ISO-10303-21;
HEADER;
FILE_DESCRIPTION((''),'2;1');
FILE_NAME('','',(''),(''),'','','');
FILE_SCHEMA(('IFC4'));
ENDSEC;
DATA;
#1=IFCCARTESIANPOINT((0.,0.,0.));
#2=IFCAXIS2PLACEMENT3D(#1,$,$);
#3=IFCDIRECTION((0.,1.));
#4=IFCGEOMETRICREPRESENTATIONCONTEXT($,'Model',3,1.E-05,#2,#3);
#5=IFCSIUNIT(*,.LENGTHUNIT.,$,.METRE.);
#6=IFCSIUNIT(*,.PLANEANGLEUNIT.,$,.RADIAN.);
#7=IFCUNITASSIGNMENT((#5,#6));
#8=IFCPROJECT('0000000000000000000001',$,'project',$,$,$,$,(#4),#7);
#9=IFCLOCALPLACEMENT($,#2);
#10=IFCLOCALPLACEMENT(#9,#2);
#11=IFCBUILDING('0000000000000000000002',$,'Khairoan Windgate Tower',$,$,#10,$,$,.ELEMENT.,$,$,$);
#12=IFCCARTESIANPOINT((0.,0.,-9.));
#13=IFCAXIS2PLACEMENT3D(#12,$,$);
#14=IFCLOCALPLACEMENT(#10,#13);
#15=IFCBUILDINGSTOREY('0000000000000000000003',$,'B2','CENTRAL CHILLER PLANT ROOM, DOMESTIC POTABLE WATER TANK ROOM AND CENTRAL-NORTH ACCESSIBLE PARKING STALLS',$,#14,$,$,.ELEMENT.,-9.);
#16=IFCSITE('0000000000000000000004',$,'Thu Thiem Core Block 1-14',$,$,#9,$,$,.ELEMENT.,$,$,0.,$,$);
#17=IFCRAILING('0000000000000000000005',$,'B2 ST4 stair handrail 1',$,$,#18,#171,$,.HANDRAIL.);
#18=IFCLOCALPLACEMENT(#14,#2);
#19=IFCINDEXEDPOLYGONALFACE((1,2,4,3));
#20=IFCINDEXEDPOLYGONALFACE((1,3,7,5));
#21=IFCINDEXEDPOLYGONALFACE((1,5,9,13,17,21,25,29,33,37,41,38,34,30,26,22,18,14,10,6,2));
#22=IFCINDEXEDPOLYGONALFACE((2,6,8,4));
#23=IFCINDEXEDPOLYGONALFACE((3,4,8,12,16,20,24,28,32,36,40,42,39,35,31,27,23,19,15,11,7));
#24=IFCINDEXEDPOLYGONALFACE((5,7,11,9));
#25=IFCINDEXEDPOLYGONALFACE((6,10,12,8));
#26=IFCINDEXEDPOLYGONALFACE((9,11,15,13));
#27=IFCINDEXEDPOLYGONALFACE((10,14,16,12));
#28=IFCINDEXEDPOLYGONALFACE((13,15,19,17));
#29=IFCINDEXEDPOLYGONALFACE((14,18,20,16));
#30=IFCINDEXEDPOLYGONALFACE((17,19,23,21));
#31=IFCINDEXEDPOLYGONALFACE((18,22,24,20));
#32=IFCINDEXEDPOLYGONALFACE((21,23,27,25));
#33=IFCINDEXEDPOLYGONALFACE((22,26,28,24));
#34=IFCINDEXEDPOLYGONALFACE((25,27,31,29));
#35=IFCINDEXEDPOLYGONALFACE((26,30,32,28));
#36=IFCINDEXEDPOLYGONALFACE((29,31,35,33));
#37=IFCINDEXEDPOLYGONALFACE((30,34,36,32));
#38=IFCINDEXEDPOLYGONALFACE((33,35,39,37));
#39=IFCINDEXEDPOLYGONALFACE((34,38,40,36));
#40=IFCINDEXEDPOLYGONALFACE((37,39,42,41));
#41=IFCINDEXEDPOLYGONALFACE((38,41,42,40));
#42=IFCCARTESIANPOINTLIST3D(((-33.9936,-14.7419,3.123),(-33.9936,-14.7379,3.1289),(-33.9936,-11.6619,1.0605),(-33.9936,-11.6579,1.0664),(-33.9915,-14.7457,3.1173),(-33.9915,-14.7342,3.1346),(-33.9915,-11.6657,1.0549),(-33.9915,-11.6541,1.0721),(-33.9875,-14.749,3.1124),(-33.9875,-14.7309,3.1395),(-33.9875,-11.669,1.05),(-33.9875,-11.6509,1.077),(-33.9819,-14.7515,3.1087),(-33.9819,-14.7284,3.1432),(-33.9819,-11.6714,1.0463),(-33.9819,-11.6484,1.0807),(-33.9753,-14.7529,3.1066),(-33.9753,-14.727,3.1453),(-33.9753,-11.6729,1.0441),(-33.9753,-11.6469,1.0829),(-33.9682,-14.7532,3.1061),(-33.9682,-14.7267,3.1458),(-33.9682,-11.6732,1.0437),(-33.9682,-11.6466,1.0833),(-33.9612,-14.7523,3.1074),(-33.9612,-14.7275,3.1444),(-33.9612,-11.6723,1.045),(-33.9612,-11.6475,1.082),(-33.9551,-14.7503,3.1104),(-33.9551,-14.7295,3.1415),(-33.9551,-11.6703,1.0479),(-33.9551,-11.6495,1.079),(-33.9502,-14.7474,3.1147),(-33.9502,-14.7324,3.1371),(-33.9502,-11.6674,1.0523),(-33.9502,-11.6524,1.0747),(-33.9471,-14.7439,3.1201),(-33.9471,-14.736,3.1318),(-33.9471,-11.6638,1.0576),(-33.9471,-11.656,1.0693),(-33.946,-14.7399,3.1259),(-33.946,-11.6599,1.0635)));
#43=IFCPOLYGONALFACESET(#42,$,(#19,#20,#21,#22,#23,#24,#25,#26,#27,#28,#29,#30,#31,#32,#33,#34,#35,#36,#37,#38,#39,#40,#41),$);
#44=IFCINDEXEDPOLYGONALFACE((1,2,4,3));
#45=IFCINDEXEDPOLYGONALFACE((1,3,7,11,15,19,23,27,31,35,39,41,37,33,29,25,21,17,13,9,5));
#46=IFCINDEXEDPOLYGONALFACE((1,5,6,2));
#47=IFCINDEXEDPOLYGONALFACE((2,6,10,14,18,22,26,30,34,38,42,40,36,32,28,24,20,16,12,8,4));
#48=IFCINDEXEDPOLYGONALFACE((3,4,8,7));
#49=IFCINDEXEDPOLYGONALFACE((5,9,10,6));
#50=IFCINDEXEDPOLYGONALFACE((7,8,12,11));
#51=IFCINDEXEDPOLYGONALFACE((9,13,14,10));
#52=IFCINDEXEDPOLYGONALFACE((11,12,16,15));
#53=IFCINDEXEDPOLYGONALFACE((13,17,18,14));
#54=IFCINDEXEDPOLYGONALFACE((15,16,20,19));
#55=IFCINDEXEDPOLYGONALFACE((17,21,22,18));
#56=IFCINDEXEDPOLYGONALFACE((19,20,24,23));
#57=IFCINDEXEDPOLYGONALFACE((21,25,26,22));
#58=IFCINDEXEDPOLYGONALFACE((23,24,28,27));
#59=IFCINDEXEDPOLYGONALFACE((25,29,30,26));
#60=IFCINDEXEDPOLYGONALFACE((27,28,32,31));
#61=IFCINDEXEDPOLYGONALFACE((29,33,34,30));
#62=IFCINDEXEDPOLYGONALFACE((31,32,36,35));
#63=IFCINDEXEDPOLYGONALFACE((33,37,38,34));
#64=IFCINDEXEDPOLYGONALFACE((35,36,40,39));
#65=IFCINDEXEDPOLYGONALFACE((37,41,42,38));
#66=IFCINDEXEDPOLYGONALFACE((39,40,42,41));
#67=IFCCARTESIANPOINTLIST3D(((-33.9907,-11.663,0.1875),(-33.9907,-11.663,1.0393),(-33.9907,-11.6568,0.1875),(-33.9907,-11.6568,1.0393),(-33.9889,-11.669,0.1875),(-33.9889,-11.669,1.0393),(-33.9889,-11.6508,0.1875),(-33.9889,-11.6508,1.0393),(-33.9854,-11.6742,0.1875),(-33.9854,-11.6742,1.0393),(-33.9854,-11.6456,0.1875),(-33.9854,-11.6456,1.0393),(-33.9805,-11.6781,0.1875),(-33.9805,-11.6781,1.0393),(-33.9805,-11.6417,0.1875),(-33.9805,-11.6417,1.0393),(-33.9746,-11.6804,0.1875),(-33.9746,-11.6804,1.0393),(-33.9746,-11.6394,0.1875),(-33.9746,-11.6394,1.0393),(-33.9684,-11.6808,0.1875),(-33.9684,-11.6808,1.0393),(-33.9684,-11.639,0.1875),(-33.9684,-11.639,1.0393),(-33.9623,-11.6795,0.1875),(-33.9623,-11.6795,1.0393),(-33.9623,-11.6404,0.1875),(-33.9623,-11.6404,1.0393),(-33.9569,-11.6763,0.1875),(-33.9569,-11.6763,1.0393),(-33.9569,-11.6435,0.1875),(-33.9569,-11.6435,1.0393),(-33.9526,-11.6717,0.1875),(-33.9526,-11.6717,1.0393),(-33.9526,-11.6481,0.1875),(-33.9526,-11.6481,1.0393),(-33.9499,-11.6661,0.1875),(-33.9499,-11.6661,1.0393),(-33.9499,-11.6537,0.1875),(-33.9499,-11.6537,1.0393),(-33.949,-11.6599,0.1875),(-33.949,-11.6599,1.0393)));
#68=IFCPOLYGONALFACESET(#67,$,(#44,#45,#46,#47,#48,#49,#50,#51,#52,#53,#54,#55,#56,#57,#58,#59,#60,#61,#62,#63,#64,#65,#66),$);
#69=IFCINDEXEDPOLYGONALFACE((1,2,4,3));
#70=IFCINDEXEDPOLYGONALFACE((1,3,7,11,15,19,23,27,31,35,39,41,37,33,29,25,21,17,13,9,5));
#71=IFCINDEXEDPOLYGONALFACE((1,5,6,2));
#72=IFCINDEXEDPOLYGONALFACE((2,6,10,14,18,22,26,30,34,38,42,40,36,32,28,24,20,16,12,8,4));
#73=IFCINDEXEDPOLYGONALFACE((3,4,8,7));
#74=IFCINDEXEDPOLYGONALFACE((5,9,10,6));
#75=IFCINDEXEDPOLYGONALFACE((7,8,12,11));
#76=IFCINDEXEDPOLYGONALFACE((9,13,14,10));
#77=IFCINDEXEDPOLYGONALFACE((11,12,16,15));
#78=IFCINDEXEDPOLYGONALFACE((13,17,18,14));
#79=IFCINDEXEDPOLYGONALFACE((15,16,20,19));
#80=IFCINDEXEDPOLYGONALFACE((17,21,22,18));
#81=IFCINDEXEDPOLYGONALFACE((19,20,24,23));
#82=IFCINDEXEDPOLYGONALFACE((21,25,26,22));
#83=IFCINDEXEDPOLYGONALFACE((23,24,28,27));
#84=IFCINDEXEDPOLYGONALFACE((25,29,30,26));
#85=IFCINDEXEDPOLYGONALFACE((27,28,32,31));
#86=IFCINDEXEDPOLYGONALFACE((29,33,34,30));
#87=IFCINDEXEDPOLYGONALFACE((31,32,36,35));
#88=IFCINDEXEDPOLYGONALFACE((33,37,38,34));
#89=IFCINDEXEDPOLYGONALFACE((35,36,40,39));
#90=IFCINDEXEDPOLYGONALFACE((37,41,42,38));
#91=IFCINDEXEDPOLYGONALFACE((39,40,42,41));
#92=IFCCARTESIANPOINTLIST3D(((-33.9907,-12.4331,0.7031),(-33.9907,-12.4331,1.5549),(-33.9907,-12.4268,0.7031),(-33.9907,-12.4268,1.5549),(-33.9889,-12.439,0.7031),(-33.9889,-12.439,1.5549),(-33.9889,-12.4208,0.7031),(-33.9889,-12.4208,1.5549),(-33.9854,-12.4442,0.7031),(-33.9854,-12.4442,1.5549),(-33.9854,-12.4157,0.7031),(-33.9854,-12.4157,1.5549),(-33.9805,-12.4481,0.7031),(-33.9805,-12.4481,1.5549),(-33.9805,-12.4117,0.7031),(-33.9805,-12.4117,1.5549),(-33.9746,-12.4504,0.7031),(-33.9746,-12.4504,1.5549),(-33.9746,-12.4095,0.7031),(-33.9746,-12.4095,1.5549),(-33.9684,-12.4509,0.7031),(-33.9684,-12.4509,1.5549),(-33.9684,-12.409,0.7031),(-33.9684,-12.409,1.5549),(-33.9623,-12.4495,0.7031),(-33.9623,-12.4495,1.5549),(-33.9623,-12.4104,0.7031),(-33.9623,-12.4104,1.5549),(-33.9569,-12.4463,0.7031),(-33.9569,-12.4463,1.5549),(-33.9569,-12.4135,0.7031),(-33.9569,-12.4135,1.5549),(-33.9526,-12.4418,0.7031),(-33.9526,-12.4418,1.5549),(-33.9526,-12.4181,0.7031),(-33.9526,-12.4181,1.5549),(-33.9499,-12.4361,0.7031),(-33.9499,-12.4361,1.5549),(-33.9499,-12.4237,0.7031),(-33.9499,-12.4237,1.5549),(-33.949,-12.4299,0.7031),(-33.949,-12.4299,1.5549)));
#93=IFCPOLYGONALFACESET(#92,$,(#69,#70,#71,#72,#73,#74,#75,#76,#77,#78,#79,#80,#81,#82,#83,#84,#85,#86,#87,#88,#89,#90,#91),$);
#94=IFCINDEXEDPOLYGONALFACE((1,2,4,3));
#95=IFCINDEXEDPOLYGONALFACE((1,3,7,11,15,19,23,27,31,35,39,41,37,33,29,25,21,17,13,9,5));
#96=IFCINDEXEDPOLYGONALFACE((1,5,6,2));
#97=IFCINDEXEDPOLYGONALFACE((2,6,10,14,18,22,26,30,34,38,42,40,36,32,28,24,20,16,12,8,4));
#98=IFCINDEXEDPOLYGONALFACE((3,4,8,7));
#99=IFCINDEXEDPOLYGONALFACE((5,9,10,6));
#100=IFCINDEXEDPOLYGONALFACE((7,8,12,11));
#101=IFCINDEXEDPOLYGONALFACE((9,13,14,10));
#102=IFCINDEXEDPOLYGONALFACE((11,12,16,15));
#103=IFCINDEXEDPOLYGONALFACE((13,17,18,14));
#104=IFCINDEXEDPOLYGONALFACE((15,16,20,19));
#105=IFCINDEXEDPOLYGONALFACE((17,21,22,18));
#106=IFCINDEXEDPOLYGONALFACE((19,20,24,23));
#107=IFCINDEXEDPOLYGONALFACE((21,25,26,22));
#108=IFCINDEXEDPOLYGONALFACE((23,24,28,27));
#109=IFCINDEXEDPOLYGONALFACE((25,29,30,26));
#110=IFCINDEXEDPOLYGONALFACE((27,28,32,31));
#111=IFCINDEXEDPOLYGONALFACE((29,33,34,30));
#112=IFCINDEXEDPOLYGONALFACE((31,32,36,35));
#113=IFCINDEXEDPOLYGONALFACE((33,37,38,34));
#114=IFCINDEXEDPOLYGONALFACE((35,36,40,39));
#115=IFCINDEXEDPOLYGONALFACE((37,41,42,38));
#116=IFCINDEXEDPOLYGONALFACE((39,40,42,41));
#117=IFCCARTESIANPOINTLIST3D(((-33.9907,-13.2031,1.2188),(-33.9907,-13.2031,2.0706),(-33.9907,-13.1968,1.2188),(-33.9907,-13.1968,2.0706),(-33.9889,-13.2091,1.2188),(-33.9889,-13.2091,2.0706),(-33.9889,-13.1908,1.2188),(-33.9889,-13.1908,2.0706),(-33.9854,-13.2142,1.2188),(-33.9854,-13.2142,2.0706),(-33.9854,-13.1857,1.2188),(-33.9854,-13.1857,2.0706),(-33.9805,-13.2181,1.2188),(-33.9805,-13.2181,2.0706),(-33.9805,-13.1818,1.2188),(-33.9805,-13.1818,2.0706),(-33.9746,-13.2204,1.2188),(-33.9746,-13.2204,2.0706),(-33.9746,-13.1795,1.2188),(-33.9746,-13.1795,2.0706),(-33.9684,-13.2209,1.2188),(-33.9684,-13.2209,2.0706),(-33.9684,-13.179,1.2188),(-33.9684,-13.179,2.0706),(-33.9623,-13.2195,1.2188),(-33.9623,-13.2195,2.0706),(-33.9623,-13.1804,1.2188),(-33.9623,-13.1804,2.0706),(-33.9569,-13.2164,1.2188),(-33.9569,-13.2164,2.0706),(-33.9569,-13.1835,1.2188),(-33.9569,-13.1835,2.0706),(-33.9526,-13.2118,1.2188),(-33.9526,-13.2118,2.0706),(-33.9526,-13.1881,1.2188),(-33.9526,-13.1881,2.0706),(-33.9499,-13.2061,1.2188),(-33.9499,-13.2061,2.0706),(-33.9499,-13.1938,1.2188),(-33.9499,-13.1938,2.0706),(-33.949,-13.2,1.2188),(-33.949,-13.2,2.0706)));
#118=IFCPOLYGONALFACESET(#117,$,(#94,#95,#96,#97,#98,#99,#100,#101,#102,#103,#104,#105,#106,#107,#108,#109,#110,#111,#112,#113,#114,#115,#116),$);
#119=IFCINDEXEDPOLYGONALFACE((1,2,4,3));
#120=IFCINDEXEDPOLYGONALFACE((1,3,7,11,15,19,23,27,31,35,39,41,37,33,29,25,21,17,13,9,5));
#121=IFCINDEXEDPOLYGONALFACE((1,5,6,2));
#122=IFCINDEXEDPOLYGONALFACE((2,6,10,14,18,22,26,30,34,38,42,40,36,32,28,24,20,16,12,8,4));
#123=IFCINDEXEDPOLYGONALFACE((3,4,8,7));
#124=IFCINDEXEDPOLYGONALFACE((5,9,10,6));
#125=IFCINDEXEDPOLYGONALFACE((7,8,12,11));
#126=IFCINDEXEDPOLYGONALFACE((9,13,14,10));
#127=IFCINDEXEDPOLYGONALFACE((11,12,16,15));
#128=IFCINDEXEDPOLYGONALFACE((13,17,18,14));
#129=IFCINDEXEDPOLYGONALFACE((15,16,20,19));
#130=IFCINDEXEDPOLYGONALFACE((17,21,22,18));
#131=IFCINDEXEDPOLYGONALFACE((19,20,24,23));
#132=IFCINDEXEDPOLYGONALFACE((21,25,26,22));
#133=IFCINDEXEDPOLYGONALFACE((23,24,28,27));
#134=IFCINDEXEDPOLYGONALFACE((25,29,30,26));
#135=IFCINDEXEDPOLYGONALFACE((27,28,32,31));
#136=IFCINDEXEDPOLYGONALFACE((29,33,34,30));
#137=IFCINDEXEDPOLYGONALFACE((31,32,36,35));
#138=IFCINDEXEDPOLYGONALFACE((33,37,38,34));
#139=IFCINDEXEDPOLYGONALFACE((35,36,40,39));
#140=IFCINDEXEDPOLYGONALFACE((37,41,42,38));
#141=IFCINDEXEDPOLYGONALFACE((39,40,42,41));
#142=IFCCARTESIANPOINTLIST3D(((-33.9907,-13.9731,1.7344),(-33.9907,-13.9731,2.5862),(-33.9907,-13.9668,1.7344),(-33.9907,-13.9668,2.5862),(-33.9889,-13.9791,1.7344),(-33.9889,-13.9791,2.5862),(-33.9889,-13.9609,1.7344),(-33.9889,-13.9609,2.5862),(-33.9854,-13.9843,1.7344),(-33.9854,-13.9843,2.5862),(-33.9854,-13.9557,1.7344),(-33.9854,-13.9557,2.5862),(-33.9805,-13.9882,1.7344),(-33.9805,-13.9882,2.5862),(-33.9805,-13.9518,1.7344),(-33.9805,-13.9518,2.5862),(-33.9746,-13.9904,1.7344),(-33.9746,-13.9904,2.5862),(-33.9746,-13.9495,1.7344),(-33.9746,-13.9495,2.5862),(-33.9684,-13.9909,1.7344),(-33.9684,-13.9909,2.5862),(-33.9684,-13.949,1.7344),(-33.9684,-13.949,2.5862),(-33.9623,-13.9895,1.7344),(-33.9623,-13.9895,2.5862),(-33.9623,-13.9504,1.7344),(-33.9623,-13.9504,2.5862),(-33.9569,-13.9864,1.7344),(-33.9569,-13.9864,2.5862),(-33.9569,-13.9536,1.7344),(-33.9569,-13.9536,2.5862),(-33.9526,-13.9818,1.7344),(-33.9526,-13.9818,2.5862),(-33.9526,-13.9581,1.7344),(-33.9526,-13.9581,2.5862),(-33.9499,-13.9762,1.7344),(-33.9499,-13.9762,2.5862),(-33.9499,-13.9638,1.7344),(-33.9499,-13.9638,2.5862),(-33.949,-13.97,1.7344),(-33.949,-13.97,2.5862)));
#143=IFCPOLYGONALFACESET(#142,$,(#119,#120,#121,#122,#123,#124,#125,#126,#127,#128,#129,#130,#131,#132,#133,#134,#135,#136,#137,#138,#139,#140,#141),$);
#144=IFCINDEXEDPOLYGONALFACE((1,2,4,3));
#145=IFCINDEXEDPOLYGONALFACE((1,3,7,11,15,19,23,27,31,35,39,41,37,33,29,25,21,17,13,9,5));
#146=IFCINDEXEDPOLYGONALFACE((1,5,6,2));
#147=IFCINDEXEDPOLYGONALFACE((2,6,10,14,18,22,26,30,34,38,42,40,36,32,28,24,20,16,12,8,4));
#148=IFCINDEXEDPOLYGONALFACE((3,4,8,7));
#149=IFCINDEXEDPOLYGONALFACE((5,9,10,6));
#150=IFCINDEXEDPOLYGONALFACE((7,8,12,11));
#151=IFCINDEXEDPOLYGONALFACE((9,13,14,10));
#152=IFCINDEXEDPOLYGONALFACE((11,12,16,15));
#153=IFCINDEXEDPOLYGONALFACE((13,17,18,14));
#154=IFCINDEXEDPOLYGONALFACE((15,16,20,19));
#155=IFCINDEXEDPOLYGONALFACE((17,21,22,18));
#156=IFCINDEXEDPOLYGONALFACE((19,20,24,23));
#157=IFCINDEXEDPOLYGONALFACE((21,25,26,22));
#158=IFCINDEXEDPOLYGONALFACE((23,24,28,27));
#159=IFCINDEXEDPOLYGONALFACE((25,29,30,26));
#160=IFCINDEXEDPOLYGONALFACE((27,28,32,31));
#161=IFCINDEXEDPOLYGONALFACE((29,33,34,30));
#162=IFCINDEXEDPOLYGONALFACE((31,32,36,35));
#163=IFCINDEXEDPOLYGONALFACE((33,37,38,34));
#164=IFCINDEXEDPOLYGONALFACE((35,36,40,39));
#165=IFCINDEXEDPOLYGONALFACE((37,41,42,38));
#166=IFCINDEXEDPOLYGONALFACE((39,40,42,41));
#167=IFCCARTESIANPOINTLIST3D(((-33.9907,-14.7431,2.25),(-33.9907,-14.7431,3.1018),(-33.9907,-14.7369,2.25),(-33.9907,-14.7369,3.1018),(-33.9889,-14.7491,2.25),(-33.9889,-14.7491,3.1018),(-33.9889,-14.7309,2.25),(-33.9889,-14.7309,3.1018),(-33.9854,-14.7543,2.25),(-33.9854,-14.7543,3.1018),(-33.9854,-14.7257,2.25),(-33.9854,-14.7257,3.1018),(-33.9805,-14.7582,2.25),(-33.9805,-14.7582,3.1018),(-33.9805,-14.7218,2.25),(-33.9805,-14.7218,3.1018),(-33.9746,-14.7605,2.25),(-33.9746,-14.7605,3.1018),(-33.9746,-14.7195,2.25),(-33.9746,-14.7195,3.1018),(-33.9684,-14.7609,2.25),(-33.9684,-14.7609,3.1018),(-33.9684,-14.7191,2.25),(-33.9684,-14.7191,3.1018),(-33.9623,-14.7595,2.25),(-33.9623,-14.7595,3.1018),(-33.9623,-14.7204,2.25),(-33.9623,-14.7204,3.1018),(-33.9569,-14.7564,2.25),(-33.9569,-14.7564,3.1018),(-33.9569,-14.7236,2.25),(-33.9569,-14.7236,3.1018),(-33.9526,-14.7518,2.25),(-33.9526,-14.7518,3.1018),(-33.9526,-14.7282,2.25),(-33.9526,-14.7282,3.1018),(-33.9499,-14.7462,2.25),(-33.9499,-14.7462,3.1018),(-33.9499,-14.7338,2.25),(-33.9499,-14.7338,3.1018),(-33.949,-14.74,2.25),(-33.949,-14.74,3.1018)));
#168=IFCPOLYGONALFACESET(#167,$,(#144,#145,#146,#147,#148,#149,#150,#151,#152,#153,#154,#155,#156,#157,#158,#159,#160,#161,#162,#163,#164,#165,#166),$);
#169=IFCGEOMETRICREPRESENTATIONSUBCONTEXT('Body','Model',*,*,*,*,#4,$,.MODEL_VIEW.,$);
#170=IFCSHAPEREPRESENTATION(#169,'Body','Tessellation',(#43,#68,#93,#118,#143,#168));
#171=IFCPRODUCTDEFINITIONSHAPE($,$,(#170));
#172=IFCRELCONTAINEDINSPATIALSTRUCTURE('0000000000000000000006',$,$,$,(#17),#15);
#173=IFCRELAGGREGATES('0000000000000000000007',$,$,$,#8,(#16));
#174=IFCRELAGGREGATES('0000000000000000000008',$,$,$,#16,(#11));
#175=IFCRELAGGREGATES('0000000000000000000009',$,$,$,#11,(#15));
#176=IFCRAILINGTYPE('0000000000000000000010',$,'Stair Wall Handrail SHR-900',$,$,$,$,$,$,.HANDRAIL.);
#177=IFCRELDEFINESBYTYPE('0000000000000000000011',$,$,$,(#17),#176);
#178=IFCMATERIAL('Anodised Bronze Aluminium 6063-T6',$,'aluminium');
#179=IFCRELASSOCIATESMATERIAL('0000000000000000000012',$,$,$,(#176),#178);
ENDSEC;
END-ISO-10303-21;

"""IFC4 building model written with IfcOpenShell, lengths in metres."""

from ifc_helpers import new_model, si_unit, direction, frame, origin, origin_2d, place, context, subcontext, project, spatial, circle, extrude, material, type_object, element, save


model = new_model("IFC4")

# Units and contexts
model_context = context("Model", 3, precision=1e-05, world=origin(), true_north=direction((0.0, 1.0)))
body_context = subcontext(model_context, "Body", "Model", "MODEL_VIEW")
ifc_project = project(units=[si_unit("LENGTHUNIT", "METRE"), si_unit("PLANEANGLEUNIT", "RADIAN")], contexts=[model_context])

# Site, building, storey
site_placement = place(None, origin())
site = spatial("IfcSite", under=ifc_project, at=site_placement, Name="Thu Thiem Core Block 1-14", CompositionType="ELEMENT", RefElevation=0.0)
building_placement = place(site_placement, origin())
building = spatial("IfcBuilding", under=site, at=building_placement, Name="Khairoan Windgate Tower", CompositionType="ELEMENT")
storey_placement = place(building_placement, frame((0.0, 0.0, -9.0)))
storey = spatial("IfcBuildingStorey", under=building, at=storey_placement, Name="B2", Description="CENTRAL CHILLER PLANT ROOM, DOMESTIC POTABLE WATER TANK ROOM AND CENTRAL-NORTH ACCESSIBLE PARKING STALLS", CompositionType="ELEMENT", Elevation=-9.0)

# Railing
ifc_material_1 = material(Name="Anodised Bronze Aluminium 6063-T6", Category="aluminium")
railing_type_1 = type_object("IfcRailingType", Name="Stair Wall Handrail SHR-900", PredefinedType="HANDRAIL", material=ifc_material_1)
railing_1_placement = place(storey_placement, frame((-33.97, -11.6599, 0.1875)))
element("IfcRailing", 1, at=railing_1_placement, inside=storey, type_object=railing_type_1, Name="B2 ST4 stair handrail 1", PredefinedType="HANDRAIL", context=body_context, shape_type="SweptSolid", body=[
    extrude(circle(Radius=0.0239, at=origin_2d()), frame((0.0, 0.0, 0.876), z_axis=(0.0, -0.830914, 0.556401), x_axis=(1.0, 0.0, 0.0)), (0.0, 0.0, 1.0), 3.7068),
    extrude(circle(Radius=0.021, at=origin_2d()), origin(), (0.0, 0.0, 1.0), 0.8518),
    extrude(circle(Radius=0.021, at=origin_2d()), frame((0.0, -0.77, 0.5156)), (0.0, 0.0, 1.0), 0.8518),
    extrude(circle(Radius=0.021, at=origin_2d()), frame((0.0, -1.54, 1.0312)), (0.0, 0.0, 1.0), 0.8518),
    extrude(circle(Radius=0.021, at=origin_2d()), frame((0.0, -2.3101, 1.5469)), (0.0, 0.0, 1.0), 0.8518),
    extrude(circle(Radius=0.021, at=origin_2d()), frame((0.0, -3.0801, 2.0625)), (0.0, 0.0, 1.0), 0.8518),
])

save(model, "model.ifc")
